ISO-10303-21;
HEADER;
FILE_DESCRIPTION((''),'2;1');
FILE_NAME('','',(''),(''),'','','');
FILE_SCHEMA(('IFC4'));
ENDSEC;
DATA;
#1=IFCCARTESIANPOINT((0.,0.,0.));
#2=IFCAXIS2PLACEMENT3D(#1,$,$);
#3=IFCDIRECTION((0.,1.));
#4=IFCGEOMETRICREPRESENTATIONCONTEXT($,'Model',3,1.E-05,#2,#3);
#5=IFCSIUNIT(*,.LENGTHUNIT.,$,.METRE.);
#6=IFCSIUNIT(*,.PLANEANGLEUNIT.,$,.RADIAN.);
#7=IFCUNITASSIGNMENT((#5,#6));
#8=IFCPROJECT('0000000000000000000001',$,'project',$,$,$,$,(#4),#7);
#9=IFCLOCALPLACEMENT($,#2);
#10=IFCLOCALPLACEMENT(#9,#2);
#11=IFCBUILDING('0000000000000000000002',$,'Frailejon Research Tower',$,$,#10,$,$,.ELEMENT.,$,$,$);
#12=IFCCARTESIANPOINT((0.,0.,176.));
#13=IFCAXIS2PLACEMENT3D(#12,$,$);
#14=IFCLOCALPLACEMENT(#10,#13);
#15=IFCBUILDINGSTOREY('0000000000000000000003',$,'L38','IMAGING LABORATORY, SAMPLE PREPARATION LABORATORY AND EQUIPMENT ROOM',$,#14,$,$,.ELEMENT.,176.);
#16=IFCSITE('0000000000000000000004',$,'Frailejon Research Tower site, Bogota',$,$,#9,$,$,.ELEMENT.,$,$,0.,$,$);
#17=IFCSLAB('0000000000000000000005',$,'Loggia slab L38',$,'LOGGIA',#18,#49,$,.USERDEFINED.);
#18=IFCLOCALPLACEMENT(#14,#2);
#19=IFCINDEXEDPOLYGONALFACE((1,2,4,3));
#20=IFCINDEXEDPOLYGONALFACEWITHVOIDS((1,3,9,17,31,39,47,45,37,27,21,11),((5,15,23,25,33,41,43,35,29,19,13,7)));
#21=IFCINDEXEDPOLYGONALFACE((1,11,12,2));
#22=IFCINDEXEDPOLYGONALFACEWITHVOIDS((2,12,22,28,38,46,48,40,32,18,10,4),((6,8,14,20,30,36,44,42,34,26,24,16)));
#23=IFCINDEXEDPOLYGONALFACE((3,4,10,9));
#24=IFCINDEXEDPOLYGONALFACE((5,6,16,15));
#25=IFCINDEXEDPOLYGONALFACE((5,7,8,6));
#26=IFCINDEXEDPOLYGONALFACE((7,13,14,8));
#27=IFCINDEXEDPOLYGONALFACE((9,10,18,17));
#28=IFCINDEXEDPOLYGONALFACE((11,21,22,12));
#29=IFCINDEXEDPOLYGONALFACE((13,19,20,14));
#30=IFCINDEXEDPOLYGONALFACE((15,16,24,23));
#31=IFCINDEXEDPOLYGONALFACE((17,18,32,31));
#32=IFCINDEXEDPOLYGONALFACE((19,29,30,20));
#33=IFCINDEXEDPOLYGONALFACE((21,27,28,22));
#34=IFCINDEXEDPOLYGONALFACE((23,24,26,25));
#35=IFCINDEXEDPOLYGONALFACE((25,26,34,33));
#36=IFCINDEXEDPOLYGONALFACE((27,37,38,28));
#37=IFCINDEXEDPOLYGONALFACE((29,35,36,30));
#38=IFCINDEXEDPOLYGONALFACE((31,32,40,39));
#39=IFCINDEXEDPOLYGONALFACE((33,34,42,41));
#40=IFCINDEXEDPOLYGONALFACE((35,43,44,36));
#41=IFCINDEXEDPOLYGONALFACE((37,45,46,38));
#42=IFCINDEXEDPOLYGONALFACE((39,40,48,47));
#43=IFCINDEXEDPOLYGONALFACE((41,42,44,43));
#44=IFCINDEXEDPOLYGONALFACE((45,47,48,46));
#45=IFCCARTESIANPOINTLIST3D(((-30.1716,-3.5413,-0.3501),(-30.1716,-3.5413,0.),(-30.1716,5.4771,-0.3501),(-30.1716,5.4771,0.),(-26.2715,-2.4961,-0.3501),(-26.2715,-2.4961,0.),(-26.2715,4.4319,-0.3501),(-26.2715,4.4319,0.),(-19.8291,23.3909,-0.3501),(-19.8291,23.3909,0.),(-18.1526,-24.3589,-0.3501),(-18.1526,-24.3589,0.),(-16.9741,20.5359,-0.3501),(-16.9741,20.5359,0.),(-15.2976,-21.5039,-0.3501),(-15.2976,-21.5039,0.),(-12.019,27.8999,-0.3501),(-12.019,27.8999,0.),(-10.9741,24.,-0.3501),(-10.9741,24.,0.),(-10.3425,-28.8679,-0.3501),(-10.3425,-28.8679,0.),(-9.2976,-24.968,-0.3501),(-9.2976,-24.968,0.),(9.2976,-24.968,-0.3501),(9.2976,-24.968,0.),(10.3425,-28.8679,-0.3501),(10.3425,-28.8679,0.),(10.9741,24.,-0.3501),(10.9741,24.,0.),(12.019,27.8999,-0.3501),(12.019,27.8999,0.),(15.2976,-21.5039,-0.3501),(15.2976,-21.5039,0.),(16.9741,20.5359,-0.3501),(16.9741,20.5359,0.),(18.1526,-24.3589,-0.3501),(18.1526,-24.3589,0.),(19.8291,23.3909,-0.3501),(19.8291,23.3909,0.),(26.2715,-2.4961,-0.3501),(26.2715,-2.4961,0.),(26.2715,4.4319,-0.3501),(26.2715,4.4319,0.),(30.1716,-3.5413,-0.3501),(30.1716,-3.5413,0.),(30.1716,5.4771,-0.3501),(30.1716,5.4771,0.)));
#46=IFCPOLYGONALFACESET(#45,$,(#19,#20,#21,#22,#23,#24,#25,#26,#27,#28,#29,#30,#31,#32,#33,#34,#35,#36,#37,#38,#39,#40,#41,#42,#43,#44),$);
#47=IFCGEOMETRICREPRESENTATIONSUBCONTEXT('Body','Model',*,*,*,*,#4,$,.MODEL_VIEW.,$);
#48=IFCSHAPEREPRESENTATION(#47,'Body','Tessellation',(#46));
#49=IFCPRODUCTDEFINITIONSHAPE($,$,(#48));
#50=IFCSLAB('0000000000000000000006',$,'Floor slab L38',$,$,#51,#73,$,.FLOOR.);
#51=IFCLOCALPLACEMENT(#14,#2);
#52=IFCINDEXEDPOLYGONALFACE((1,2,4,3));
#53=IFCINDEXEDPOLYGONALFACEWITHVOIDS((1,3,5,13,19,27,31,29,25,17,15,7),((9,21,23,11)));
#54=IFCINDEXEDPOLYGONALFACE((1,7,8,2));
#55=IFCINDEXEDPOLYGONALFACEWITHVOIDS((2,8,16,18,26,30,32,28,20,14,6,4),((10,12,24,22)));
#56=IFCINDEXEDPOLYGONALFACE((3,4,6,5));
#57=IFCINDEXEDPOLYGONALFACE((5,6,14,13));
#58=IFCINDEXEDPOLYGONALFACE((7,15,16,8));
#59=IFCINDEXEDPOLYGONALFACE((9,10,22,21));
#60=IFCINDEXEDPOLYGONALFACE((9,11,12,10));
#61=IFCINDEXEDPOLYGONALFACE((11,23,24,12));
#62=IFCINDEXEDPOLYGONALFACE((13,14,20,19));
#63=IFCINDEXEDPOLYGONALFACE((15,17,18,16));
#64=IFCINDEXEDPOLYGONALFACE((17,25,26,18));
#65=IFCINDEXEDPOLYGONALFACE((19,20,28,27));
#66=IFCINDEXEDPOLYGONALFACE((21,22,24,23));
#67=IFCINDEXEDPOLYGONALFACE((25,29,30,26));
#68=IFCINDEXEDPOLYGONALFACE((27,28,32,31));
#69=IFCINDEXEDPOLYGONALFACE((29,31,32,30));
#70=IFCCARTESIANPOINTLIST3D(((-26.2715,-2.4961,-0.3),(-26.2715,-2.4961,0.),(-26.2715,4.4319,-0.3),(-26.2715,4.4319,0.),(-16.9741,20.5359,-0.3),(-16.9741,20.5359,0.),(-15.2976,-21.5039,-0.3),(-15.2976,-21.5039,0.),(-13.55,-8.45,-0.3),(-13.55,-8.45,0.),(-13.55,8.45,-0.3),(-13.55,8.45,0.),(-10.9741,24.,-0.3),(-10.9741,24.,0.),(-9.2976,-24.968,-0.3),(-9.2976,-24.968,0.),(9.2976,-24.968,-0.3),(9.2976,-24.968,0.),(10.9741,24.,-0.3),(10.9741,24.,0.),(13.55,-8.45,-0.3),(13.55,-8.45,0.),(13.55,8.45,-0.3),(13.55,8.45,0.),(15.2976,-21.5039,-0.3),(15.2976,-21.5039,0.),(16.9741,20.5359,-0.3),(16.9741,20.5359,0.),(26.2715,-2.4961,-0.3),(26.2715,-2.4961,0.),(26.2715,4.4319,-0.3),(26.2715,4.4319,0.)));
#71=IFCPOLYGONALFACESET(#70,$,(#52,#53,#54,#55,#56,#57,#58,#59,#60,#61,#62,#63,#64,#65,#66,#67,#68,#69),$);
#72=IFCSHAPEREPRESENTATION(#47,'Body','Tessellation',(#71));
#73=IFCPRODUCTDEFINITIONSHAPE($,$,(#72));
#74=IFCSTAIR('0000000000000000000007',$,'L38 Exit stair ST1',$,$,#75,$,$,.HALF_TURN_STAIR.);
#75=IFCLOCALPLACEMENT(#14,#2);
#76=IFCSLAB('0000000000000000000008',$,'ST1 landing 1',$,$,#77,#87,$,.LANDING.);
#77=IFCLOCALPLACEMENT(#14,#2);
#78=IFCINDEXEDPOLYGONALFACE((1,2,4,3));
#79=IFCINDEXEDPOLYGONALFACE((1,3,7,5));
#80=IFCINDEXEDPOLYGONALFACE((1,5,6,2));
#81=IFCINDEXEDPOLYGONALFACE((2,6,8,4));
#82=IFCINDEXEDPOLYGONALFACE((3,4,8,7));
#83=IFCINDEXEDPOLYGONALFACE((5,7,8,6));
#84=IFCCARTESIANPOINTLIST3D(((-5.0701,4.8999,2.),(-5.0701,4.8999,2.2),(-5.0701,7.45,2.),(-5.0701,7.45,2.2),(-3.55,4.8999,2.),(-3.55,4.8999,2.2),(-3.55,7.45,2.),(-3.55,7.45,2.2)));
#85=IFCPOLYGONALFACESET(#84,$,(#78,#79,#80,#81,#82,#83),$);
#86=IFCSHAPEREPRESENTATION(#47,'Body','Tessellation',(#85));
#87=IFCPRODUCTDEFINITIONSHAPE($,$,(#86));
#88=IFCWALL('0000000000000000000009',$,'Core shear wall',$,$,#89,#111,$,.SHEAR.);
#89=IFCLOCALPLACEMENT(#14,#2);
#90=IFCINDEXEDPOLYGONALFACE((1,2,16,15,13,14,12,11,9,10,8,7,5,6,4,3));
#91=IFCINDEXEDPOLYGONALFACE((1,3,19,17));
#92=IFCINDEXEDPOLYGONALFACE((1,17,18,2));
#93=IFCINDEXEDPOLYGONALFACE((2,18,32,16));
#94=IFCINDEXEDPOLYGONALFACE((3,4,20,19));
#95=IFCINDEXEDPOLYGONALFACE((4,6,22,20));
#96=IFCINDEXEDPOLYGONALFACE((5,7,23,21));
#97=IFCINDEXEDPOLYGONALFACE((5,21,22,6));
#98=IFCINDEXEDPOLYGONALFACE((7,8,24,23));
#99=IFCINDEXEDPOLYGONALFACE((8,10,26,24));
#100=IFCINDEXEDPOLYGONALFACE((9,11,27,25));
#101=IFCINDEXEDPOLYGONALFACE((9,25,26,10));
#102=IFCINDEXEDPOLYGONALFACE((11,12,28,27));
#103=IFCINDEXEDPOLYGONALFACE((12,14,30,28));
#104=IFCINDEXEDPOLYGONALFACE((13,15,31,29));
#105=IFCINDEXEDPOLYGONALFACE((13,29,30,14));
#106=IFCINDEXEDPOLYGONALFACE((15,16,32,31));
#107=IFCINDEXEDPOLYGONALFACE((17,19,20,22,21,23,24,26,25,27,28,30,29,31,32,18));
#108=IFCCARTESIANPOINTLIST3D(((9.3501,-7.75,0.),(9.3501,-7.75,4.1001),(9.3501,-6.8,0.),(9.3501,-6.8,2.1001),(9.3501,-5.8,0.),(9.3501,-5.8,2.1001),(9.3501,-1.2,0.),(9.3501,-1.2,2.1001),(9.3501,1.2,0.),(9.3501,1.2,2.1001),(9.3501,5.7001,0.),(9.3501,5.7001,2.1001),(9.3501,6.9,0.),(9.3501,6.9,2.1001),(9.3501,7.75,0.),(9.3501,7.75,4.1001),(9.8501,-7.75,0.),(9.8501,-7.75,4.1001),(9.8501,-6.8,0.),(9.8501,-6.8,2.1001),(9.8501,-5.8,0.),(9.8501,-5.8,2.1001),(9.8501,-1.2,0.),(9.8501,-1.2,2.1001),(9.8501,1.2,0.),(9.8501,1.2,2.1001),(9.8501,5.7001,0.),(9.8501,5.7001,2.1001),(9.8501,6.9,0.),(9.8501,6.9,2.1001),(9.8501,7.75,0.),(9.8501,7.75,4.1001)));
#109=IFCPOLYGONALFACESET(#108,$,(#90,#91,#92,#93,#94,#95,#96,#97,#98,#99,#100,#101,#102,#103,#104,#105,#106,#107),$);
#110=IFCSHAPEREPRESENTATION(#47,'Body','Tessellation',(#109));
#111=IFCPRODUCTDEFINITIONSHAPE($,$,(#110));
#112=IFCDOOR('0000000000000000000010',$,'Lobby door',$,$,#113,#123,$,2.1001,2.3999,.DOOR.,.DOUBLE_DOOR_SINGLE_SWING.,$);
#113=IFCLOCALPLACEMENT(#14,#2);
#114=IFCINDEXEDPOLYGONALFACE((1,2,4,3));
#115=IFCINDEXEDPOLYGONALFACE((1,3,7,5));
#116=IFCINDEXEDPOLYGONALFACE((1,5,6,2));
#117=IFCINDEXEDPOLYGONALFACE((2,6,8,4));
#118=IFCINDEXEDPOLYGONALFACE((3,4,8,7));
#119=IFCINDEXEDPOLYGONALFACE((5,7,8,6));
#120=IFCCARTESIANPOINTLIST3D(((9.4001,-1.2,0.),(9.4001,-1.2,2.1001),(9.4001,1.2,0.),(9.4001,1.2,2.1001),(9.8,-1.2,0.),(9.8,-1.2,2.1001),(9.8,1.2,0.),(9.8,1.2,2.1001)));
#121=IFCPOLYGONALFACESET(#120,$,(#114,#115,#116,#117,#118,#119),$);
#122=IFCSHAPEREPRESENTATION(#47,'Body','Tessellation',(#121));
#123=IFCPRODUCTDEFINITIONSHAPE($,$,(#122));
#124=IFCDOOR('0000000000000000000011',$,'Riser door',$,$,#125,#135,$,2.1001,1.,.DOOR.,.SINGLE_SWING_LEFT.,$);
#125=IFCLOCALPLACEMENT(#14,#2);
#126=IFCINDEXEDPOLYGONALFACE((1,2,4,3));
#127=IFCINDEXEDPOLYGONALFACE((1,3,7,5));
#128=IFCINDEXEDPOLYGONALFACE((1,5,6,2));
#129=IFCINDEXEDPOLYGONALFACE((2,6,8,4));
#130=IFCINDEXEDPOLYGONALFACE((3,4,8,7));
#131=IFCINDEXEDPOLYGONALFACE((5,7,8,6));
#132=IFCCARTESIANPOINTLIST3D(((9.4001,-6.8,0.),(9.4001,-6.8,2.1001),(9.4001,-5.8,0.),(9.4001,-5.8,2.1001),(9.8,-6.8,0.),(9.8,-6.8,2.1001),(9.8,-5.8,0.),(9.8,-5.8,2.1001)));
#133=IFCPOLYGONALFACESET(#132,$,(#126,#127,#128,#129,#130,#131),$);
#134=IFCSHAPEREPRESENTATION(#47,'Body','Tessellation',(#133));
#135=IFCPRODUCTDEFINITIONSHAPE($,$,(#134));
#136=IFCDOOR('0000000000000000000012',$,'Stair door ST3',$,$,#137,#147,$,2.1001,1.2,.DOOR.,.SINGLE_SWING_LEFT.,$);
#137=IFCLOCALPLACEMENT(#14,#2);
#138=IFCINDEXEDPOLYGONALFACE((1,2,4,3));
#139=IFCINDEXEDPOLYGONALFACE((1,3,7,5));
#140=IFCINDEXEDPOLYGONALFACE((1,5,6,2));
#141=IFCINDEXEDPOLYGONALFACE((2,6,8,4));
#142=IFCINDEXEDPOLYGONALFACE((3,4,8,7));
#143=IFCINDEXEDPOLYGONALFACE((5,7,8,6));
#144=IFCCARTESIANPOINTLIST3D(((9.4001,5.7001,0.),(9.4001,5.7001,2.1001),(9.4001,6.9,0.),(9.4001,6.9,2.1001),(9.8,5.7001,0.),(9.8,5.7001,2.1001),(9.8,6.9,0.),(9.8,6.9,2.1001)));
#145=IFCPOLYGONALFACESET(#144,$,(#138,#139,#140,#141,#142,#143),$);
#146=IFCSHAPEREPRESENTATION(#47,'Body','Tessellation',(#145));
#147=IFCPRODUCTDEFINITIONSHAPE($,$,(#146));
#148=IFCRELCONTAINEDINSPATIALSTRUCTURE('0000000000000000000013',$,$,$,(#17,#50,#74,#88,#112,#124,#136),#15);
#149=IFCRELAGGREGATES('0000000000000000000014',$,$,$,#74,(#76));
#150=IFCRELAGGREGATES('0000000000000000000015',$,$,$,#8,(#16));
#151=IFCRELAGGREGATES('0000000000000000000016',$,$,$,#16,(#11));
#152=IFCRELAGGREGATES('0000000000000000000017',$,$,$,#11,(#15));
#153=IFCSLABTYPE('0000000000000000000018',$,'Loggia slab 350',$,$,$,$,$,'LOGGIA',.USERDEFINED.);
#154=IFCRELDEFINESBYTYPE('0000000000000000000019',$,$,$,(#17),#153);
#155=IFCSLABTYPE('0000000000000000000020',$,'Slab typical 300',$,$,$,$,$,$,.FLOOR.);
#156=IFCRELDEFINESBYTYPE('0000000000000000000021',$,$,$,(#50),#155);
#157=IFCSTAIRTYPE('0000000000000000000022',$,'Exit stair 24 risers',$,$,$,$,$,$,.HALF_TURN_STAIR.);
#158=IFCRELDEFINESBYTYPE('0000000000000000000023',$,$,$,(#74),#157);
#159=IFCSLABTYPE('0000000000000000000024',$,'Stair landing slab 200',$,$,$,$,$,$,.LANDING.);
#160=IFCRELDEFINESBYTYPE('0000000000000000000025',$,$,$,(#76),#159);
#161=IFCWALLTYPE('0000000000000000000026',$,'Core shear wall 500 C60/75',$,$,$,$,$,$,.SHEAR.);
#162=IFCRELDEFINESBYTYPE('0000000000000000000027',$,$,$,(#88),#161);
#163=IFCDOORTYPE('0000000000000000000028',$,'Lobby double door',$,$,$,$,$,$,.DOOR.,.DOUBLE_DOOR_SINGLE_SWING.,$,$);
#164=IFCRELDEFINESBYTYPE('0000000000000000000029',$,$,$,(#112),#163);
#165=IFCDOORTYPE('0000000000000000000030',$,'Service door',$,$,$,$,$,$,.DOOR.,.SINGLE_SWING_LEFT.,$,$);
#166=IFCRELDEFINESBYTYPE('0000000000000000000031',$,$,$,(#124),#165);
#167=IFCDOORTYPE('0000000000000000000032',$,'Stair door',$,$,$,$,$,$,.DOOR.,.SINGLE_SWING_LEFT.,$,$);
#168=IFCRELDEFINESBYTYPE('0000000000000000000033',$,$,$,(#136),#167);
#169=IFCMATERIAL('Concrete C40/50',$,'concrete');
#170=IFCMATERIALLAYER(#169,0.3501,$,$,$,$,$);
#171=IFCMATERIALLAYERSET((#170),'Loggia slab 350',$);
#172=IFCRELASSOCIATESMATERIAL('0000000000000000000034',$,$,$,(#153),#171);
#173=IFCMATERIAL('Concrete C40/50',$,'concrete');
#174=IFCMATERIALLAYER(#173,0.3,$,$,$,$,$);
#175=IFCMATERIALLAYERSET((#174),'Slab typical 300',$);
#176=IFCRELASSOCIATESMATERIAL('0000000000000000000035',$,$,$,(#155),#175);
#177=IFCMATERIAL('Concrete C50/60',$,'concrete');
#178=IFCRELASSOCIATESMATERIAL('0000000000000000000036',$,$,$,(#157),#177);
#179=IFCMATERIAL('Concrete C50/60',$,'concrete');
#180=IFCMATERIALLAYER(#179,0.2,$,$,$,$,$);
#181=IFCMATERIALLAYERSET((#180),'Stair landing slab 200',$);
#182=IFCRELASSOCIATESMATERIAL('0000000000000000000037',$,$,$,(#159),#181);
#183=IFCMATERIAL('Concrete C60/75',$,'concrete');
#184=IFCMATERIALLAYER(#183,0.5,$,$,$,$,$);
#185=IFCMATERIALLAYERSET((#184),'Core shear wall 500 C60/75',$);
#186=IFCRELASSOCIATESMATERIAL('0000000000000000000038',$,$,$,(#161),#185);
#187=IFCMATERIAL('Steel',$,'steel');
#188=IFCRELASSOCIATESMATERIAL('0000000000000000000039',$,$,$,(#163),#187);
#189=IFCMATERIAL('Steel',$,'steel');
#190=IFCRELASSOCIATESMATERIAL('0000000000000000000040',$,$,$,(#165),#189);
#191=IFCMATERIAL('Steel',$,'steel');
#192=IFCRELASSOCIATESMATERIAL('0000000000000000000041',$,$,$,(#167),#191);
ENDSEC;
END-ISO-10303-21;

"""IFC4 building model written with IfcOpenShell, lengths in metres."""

from ifc_helpers import new_model, si_unit, direction, frame, frame_2d, origin, place, context, subcontext, project, spatial, polyline, rectangle, outline, extrude, material, layer, layer_set, type_object, element, fill, aggregate, save


model = new_model("IFC4")

# Units and contexts
model_context = context("Model", 3, precision=1e-05, world=origin(), true_north=direction((0.0, 1.0)))
body_context = subcontext(model_context, "Body", "Model", "MODEL_VIEW")
ifc_project = project(units=[si_unit("LENGTHUNIT", "METRE"), si_unit("PLANEANGLEUNIT", "RADIAN")], contexts=[model_context])

# Site, building, storey
site_placement = place(None, origin())
site = spatial("IfcSite", under=ifc_project, at=site_placement, Name="Frailejon Research Tower site, Bogota", CompositionType="ELEMENT", RefElevation=0.0)
building_placement = place(site_placement, origin())
building = spatial("IfcBuilding", under=site, at=building_placement, Name="Frailejon Research Tower", CompositionType="ELEMENT")
storey_placement = place(building_placement, frame((0.0, 0.0, 176.0)))
storey = spatial("IfcBuildingStorey", under=building, at=storey_placement, Name="L38", Description="IMAGING LABORATORY, SAMPLE PREPARATION LABORATORY AND EQUIPMENT ROOM", CompositionType="ELEMENT", Elevation=176.0)

# Slabs
ifc_material_1 = material(Name="Concrete C40/50", Category="concrete")
ifc_layer_1 = layer(ifc_material_1, 0.3501)
ifc_layer_set_1 = layer_set([ifc_layer_1], Name="Loggia slab 350")
slab_type_1 = type_object("IfcSlabType", Name="Loggia slab 350", ElementType="LOGGIA", PredefinedType="USERDEFINED", material=ifc_layer_set_1)
slab_1_placement = place(storey_placement, frame((0.0, 0.0, -0.3501)))
element("IfcSlab", 1, at=slab_1_placement, inside=storey, type_object=slab_type_1, Name="Loggia slab L38", ObjectType="LOGGIA", PredefinedType="USERDEFINED", context=body_context, shape_type="SweptSolid", body=[
    extrude(outline(polyline([(18.1526, -24.3589), (10.3425, -28.8679), (-10.3425, -28.8679), (-18.1526, -24.3589), (-30.1716, -3.5413), (-30.1716, 5.4771), (-19.8291, 23.3909), (-12.019, 27.8999), (12.019, 27.8999), (19.8291, 23.3909), (30.1716, 5.4771), (30.1716, -3.5413), (18.1526, -24.3589)]), holes=[polyline([(26.2715, 4.4319), (16.9741, 20.5359), (10.9741, 24.0), (-10.9741, 24.0), (-16.9741, 20.5359), (-26.2715, 4.4319), (-26.2715, -2.4961), (-15.2976, -21.5039), (-9.2976, -24.968), (9.2976, -24.968), (15.2976, -21.5039), (26.2715, -2.4961), (26.2715, 4.4319)])]), origin(), (0.0, 0.0, 1.0), 0.3501),
])
ifc_material_2 = material(Name="Concrete C40/50", Category="concrete")
ifc_layer_2 = layer(ifc_material_2, 0.3)
ifc_layer_set_2 = layer_set([ifc_layer_2], Name="Slab typical 300")
slab_type_2 = type_object("IfcSlabType", Name="Slab typical 300", PredefinedType="FLOOR", material=ifc_layer_set_2)
slab_2_placement = place(storey_placement, frame((0.0, 0.0, -0.3)))
element("IfcSlab", 2, at=slab_2_placement, inside=storey, type_object=slab_type_2, Name="Floor slab L38", PredefinedType="FLOOR", context=body_context, shape_type="SweptSolid", body=[
    extrude(outline(polyline([(26.2715, -2.4961), (26.2715, 4.4319), (16.9741, 20.5359), (10.9741, 24.0), (-10.9741, 24.0), (-16.9741, 20.5359), (-26.2715, 4.4319), (-26.2715, -2.4961), (-15.2976, -21.5039), (-9.2976, -24.968), (9.2976, -24.968), (15.2976, -21.5039), (26.2715, -2.4961)]), holes=[polyline([(13.55, -8.45), (-13.55, -8.45), (-13.55, 8.45), (13.55, 8.45), (13.55, -8.45)])]), origin(), (0.0, 0.0, 1.0), 0.3),
])

# Stair, slab
ifc_material_3 = material(Name="Concrete C50/60", Category="concrete")
stair_type = type_object("IfcStairType", Name="Exit stair 24 risers", PredefinedType="HALF_TURN_STAIR", material=ifc_material_3)
stair_placement = place(storey_placement, origin())
stair = element("IfcStair", 3, at=stair_placement, inside=storey, type_object=stair_type, Name="L38 Exit stair ST1", PredefinedType="HALF_TURN_STAIR")
ifc_material_4 = material(Name="Concrete C50/60", Category="concrete")
ifc_layer_3 = layer(ifc_material_4, 0.2)
ifc_layer_set_3 = layer_set([ifc_layer_3], Name="Stair landing slab 200")
slab_type_3 = type_object("IfcSlabType", Name="Stair landing slab 200", PredefinedType="LANDING", material=ifc_layer_set_3)
slab_3_placement = place(storey_placement, frame((0.0, 0.0, 2.0)))
slab_3 = element("IfcSlab", 4, at=slab_3_placement, type_object=slab_type_3, Name="ST1 landing 1", PredefinedType="LANDING", context=body_context, shape_type="SweptSolid", body=[
    extrude(outline(polyline([(-5.0701, 4.8999), (-3.55, 4.8999), (-3.55, 7.45), (-5.0701, 7.45), (-5.0701, 4.8999)])), origin(), (0.0, 0.0, 1.0), 0.2),
])
aggregate(stair, [slab_3])

# Wall, openings, doors
ifc_material_5 = material(Name="Concrete C60/75", Category="concrete")
ifc_layer_4 = layer(ifc_material_5, 0.5)
ifc_layer_set_4 = layer_set([ifc_layer_4], Name="Core shear wall 500 C60/75")
wall_type_1 = type_object("IfcWallType", Name="Core shear wall 500 C60/75", PredefinedType="SHEAR", material=ifc_layer_set_4)
wall_1_placement = place(storey_placement, frame((9.6001, -7.75, 0.0), z_axis=(0.0, 0.0, 1.0), x_axis=(0.0, 1.0, 0.0)))
wall_1 = element("IfcWall", 5, at=wall_1_placement, inside=storey, type_object=wall_type_1, Name="Core shear wall", PredefinedType="SHEAR", context=body_context, shape_type="SweptSolid", body=[
    extrude(rectangle(XDim=15.5, YDim=0.5, at=frame_2d((7.75, 0.0))), origin(), (0.0, 0.0, 1.0), 4.1001),
])
opening_1_placement = place(wall_1_placement, frame((6.55, 0.0, 0.0)))
opening_1 = element("IfcOpeningElement", 6, at=opening_1_placement, cuts=wall_1, PredefinedType="OPENING", context=body_context, shape_type="SweptSolid", body=[
    extrude(rectangle(XDim=2.3999, YDim=2.1001, at=frame_2d((1.2, 1.05))), frame((0.0, 0.26, 0.0), z_axis=(0.0, -1.0, 0.0), x_axis=(1.0, 0.0, 0.0)), (0.0, 0.0, 1.0), 0.52),
])
opening_2_placement = place(wall_1_placement, frame((13.45, 0.0, 0.0)))
opening_2 = element("IfcOpeningElement", 7, at=opening_2_placement, cuts=wall_1, PredefinedType="OPENING", context=body_context, shape_type="SweptSolid", body=[
    extrude(rectangle(XDim=1.2, YDim=2.1001, at=frame_2d((0.6001, 1.05))), frame((0.0, 0.26, 0.0), z_axis=(0.0, -1.0, 0.0), x_axis=(1.0, 0.0, 0.0)), (0.0, 0.0, 1.0), 0.52),
])
opening_3_placement = place(wall_1_placement, frame((0.95, 0.0, 0.0)))
opening_3 = element("IfcOpeningElement", 8, at=opening_3_placement, cuts=wall_1, PredefinedType="OPENING", context=body_context, shape_type="SweptSolid", body=[
    extrude(rectangle(XDim=1.0, YDim=2.1001, at=frame_2d((0.5, 1.05))), frame((0.0, 0.26, 0.0), z_axis=(0.0, -1.0, 0.0), x_axis=(1.0, 0.0, 0.0)), (0.0, 0.0, 1.0), 0.52),
])
ifc_material_6 = material(Name="Steel", Category="steel")
door_type_1 = type_object("IfcDoorType", Name="Lobby double door", OperationType="DOUBLE_DOOR_SINGLE_SWING", PredefinedType="DOOR", material=ifc_material_6)
door_1_placement = place(opening_1_placement, origin())
door_1 = element("IfcDoor", 9, at=door_1_placement, inside=storey, type_object=door_type_1, Name="Lobby door", OperationType="DOUBLE_DOOR_SINGLE_SWING", OverallHeight=2.1001, OverallWidth=2.3999, PredefinedType="DOOR", context=body_context, shape_type="SweptSolid", body=[
    extrude(rectangle(XDim=2.3999, YDim=2.1001, at=frame_2d((1.2, 1.05))), frame((0.0, 0.2, 0.0), z_axis=(0.0, -1.0, 0.0), x_axis=(1.0, 0.0, 0.0)), (0.0, 0.0, 1.0), 0.3999),
])
fill(opening_1, door_1)
ifc_material_7 = material(Name="Steel", Category="steel")
door_type_2 = type_object("IfcDoorType", Name="Service door", OperationType="SINGLE_SWING_LEFT", PredefinedType="DOOR", material=ifc_material_7)
door_2_placement = place(opening_3_placement, origin())
door_2 = element("IfcDoor", 10, at=door_2_placement, inside=storey, type_object=door_type_2, Name="Riser door", OperationType="SINGLE_SWING_LEFT", OverallHeight=2.1001, OverallWidth=1.0, PredefinedType="DOOR", context=body_context, shape_type="SweptSolid", body=[
    extrude(rectangle(XDim=1.0, YDim=2.1001, at=frame_2d((0.5, 1.05))), frame((0.0, 0.2, 0.0), z_axis=(0.0, -1.0, 0.0), x_axis=(1.0, 0.0, 0.0)), (0.0, 0.0, 1.0), 0.3999),
])
fill(opening_3, door_2)
ifc_material_8 = material(Name="Steel", Category="steel")
door_type_3 = type_object("IfcDoorType", Name="Stair door", OperationType="SINGLE_SWING_LEFT", PredefinedType="DOOR", material=ifc_material_8)
door_3_placement = place(opening_2_placement, origin())
door_3 = element("IfcDoor", 11, at=door_3_placement, inside=storey, type_object=door_type_3, Name="Stair door ST3", OperationType="SINGLE_SWING_LEFT", OverallHeight=2.1001, OverallWidth=1.2, PredefinedType="DOOR", context=body_context, shape_type="SweptSolid", body=[
    extrude(rectangle(XDim=1.2, YDim=2.1001, at=frame_2d((0.6001, 1.05))), frame((0.0, 0.2, 0.0), z_axis=(0.0, -1.0, 0.0), x_axis=(1.0, 0.0, 0.0)), (0.0, 0.0, 1.0), 0.3999),
])
fill(opening_2, door_3)

save(model, "model.ifc")
